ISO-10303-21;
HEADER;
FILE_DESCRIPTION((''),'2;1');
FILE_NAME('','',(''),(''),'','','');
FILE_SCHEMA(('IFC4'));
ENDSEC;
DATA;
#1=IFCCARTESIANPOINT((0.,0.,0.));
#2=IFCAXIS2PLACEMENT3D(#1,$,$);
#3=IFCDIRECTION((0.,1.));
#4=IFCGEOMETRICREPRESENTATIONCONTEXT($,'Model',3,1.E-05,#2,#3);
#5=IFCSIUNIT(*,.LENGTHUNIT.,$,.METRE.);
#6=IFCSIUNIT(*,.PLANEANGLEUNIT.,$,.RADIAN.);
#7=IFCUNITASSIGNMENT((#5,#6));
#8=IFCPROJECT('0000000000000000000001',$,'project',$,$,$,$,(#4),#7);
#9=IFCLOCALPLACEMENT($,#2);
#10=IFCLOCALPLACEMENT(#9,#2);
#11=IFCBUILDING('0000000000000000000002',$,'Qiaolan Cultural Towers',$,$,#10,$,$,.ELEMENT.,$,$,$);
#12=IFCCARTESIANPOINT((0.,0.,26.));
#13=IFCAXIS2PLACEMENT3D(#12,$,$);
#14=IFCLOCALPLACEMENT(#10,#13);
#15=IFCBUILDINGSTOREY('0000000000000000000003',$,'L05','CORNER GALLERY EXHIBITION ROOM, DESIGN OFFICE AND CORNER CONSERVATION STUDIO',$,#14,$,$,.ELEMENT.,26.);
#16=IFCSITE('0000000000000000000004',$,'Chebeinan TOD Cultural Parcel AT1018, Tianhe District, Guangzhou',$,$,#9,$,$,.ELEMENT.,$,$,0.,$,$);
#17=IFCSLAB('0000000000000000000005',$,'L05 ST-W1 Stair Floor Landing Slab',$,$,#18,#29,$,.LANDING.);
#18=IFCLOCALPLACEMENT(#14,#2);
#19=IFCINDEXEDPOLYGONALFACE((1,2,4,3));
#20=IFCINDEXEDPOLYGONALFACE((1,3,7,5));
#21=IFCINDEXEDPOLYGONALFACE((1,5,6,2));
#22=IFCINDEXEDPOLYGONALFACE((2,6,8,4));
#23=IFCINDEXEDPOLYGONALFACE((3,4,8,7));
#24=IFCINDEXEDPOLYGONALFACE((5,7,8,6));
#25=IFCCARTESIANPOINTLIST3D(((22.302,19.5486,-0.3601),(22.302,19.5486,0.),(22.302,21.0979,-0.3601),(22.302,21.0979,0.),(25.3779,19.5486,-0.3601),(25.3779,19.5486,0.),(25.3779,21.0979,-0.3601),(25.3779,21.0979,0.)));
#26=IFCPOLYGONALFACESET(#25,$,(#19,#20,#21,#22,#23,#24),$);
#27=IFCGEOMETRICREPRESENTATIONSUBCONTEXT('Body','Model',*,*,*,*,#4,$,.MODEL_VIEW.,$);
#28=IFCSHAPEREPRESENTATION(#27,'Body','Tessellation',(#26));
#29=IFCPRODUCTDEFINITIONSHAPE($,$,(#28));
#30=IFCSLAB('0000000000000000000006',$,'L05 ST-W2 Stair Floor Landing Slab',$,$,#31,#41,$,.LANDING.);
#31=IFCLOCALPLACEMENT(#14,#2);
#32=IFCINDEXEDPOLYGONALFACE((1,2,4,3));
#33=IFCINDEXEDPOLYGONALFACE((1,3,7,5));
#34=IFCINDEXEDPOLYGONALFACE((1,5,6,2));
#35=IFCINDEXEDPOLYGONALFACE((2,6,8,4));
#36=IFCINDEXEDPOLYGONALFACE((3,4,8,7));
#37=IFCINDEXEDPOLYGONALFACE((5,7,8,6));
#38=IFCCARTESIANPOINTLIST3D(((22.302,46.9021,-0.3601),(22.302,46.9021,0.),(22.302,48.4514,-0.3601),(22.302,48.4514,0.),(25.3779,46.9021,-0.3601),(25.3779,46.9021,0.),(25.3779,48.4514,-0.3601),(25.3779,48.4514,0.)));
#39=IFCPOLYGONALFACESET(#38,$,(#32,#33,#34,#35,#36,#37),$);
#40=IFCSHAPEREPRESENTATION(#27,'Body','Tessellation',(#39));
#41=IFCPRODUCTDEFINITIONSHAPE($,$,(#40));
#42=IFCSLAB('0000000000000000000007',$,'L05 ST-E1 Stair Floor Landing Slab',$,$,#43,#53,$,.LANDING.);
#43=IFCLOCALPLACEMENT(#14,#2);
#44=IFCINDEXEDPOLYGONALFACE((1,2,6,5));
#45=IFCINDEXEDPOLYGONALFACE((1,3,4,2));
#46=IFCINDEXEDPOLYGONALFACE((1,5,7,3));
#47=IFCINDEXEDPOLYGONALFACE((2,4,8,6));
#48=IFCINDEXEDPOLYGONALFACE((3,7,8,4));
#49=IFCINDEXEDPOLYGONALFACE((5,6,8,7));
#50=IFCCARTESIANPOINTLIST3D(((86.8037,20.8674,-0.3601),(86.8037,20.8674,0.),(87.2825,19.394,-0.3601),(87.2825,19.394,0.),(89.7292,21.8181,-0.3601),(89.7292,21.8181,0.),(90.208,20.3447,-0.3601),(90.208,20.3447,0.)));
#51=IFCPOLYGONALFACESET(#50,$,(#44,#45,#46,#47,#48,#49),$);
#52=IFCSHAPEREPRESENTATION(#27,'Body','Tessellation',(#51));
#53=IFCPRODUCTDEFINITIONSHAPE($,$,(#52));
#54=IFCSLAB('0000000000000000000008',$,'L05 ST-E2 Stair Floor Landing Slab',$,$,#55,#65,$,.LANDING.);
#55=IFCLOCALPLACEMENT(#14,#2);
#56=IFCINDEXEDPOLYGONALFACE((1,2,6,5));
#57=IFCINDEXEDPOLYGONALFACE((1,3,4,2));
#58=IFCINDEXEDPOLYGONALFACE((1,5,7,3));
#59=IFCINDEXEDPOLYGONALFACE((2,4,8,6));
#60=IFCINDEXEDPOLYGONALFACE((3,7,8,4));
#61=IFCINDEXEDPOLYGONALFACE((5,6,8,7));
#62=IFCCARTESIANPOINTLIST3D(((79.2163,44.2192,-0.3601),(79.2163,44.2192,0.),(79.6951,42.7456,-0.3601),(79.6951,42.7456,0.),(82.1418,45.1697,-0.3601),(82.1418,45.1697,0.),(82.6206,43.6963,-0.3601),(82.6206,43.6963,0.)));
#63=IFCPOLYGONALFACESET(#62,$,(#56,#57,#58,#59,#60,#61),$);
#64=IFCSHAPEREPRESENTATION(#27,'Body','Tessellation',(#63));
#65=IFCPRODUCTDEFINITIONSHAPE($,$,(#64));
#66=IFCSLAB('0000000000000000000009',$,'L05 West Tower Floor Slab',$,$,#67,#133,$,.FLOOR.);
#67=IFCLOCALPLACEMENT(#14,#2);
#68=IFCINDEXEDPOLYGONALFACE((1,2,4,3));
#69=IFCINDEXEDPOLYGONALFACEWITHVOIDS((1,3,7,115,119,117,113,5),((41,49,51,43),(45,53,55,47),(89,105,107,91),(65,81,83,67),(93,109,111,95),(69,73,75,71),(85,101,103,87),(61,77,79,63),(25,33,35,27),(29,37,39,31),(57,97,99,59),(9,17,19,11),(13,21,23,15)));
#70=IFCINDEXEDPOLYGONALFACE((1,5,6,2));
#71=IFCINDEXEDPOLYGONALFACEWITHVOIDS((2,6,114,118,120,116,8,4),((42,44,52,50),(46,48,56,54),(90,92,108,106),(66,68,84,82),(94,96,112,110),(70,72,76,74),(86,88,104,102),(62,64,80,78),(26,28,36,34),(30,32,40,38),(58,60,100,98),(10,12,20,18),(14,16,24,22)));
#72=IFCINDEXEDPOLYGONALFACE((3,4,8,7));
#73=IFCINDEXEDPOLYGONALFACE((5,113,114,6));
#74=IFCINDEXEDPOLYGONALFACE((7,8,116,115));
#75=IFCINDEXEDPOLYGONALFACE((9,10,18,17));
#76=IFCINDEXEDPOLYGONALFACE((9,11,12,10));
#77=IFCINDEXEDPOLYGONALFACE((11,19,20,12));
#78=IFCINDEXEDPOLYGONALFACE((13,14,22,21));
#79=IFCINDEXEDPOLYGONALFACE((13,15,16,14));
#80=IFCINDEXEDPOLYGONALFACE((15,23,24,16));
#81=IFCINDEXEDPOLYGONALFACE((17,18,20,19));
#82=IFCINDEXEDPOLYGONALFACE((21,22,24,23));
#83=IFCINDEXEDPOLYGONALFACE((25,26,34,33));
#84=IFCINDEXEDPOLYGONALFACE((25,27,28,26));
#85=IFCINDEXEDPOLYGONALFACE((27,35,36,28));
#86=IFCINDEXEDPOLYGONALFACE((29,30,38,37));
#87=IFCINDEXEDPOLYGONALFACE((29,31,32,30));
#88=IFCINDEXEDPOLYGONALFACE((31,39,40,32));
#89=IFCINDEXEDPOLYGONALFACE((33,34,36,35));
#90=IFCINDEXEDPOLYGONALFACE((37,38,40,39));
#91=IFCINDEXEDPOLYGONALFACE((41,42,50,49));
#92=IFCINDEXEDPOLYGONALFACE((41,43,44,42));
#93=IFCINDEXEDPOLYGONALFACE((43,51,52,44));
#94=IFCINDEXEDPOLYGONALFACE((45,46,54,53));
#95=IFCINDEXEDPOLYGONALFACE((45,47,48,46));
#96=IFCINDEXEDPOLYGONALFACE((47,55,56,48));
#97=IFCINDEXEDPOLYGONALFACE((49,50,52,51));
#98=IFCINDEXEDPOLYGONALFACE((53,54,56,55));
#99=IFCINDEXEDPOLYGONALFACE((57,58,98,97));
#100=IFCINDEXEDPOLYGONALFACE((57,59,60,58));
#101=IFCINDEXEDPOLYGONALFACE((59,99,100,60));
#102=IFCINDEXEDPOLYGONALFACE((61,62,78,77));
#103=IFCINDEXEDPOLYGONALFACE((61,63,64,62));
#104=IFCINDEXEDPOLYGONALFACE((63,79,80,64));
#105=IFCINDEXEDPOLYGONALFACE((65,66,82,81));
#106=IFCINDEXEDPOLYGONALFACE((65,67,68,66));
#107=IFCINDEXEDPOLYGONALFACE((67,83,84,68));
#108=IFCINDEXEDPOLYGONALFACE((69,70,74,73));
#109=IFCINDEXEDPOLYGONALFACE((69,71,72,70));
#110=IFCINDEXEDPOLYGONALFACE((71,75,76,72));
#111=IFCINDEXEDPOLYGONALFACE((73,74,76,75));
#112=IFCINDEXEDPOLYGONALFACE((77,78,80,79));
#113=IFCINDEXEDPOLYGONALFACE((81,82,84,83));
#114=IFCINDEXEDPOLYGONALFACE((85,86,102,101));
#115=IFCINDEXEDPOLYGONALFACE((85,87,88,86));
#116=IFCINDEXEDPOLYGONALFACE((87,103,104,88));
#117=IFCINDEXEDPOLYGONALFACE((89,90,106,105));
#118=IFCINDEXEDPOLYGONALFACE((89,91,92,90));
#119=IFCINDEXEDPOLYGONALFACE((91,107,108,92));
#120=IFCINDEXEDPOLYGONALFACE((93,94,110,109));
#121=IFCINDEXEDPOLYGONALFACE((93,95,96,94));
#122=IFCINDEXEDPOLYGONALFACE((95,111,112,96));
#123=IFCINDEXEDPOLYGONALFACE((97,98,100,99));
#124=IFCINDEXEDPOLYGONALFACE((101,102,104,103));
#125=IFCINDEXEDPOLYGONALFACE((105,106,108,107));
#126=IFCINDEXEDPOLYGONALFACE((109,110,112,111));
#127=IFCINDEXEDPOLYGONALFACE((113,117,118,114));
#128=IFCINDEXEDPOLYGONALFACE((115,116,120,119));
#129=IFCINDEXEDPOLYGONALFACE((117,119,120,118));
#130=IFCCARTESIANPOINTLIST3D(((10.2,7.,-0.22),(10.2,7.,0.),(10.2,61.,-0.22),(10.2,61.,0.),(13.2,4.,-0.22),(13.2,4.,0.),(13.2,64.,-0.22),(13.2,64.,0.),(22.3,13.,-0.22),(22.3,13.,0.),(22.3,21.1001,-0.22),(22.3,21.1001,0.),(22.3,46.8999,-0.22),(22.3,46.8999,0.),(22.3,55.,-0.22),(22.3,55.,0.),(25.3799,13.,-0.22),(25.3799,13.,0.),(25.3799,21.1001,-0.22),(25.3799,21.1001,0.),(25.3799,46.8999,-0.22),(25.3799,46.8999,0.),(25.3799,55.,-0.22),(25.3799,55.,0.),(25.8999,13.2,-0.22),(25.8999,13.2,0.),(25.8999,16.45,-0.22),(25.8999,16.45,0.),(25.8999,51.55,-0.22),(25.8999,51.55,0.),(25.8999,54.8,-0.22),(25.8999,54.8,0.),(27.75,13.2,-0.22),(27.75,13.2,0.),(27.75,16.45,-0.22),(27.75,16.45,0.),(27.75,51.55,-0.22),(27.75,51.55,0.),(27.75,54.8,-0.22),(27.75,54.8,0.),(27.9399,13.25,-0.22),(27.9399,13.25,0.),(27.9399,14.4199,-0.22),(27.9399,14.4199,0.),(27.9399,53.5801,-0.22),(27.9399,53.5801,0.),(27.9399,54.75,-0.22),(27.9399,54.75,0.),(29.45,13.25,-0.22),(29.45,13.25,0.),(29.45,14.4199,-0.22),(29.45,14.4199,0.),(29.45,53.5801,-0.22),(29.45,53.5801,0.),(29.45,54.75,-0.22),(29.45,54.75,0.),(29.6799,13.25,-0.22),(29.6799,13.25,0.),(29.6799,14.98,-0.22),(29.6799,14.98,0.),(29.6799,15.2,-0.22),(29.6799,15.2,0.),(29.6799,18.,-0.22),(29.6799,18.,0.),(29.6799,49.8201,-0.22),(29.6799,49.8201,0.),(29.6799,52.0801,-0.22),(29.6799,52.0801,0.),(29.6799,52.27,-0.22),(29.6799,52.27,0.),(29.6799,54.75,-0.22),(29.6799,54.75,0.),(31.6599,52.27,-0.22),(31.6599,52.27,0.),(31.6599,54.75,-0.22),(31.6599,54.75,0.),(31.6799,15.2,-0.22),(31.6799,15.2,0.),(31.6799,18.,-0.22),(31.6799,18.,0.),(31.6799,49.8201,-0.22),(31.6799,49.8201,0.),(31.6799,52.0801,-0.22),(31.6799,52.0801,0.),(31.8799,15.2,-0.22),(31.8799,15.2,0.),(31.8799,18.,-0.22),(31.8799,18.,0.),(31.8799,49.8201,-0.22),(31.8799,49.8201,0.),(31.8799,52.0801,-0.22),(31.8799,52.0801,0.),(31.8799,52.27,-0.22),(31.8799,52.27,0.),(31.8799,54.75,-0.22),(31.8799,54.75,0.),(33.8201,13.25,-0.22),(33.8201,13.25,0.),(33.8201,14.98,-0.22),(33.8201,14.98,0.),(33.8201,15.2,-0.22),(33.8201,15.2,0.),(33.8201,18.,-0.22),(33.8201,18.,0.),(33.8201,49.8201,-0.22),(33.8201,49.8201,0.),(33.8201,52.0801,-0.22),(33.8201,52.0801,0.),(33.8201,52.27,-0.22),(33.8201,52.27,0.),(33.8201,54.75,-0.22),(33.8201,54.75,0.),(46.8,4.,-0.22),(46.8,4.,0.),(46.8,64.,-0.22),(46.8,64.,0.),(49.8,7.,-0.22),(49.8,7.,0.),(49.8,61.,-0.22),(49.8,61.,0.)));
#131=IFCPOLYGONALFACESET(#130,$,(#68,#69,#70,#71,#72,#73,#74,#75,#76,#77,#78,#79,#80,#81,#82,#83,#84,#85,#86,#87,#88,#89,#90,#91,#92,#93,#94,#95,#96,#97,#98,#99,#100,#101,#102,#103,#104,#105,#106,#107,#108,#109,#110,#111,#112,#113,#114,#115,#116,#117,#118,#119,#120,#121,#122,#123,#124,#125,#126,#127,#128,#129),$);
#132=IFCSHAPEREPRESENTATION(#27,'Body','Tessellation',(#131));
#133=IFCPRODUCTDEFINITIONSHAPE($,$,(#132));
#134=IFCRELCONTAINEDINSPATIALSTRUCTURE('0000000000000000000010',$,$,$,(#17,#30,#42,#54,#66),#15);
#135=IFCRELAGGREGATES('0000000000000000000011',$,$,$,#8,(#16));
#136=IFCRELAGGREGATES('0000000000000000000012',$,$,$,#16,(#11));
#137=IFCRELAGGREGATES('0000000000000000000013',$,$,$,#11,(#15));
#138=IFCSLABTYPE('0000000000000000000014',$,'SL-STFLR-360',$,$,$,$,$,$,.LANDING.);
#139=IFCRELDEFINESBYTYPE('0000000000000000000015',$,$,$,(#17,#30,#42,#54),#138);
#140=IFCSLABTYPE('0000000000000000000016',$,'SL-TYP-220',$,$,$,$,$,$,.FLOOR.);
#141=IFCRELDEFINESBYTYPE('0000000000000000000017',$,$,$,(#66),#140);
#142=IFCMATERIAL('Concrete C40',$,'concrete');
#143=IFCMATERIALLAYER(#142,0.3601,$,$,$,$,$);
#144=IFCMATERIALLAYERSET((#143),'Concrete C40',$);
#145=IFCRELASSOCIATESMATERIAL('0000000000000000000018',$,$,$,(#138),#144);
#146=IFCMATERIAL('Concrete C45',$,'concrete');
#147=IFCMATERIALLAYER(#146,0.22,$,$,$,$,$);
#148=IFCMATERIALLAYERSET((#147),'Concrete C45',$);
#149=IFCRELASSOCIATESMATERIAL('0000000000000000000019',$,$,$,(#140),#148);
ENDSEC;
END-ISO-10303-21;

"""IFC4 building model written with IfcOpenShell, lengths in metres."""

from ifc_helpers import new_model, si_unit, direction, frame, origin, place, context, subcontext, project, spatial, polyline, outline, extrude, material, layer, layer_set, type_object, element, save


model = new_model("IFC4")

# Units and contexts
model_context = context("Model", 3, precision=1e-05, world=origin(), true_north=direction((0.0, 1.0)))
body_context = subcontext(model_context, "Body", "Model", "MODEL_VIEW")
ifc_project = project(units=[si_unit("LENGTHUNIT", "METRE"), si_unit("PLANEANGLEUNIT", "RADIAN")], contexts=[model_context])

# Site, building, storey
site_placement = place(None, origin())
site = spatial("IfcSite", under=ifc_project, at=site_placement, Name="Chebeinan TOD Cultural Parcel AT1018, Tianhe District, Guangzhou", CompositionType="ELEMENT", RefElevation=0.0)
building_placement = place(site_placement, origin())
building = spatial("IfcBuilding", under=site, at=building_placement, Name="Qiaolan Cultural Towers", CompositionType="ELEMENT")
storey_placement = place(building_placement, frame((0.0, 0.0, 26.0)))
storey = spatial("IfcBuildingStorey", under=building, at=storey_placement, Name="L05", Description="CORNER GALLERY EXHIBITION ROOM, DESIGN OFFICE AND CORNER CONSERVATION STUDIO", CompositionType="ELEMENT", Elevation=26.0)

# Slabs
ifc_material_1 = material(Name="Concrete C40", Category="concrete")
ifc_layer_1 = layer(ifc_material_1, 0.3601)
ifc_layer_set_1 = layer_set([ifc_layer_1], Name="Concrete C40")
slab_type_1 = type_object("IfcSlabType", Name="SL-STFLR-360", PredefinedType="LANDING", material=ifc_layer_set_1)
slab_1_placement = place(storey_placement, frame((0.0, 0.0, -0.3601)))
element("IfcSlab", 1, at=slab_1_placement, inside=storey, type_object=slab_type_1, Name="L05 ST-W1 Stair Floor Landing Slab", PredefinedType="LANDING", context=body_context, shape_type="SweptSolid", body=[
    extrude(outline(polyline([(22.302, 21.0979), (22.302, 19.5486), (25.3779, 19.5486), (25.3779, 21.0979), (22.302, 21.0979)])), origin(), (0.0, 0.0, 1.0), 0.3601),
])
slab_2_placement = place(storey_placement, frame((0.0, 0.0, -0.3601)))
element("IfcSlab", 2, at=slab_2_placement, inside=storey, type_object=slab_type_1, Name="L05 ST-W2 Stair Floor Landing Slab", PredefinedType="LANDING", context=body_context, shape_type="SweptSolid", body=[
    extrude(outline(polyline([(25.3779, 46.9021), (25.3779, 48.4514), (22.302, 48.4514), (22.302, 46.9021), (25.3779, 46.9021)])), origin(), (0.0, 0.0, 1.0), 0.3601),
])
slab_3_placement = place(storey_placement, frame((0.0, 0.0, -0.3601)))
element("IfcSlab", 3, at=slab_3_placement, inside=storey, type_object=slab_type_1, Name="L05 ST-E1 Stair Floor Landing Slab", PredefinedType="LANDING", context=body_context, shape_type="SweptSolid", body=[
    extrude(outline(polyline([(86.8037, 20.8674), (87.2825, 19.394), (90.208, 20.3447), (89.7292, 21.8181), (86.8037, 20.8674)])), origin(), (0.0, 0.0, 1.0), 0.3601),
])
slab_4_placement = place(storey_placement, frame((0.0, 0.0, -0.3601)))
element("IfcSlab", 4, at=slab_4_placement, inside=storey, type_object=slab_type_1, Name="L05 ST-E2 Stair Floor Landing Slab", PredefinedType="LANDING", context=body_context, shape_type="SweptSolid", body=[
    extrude(outline(polyline([(82.6206, 43.6963), (82.1418, 45.1697), (79.2163, 44.2192), (79.6951, 42.7456), (82.6206, 43.6963)])), origin(), (0.0, 0.0, 1.0), 0.3601),
])
ifc_material_2 = material(Name="Concrete C45", Category="concrete")
ifc_layer_2 = layer(ifc_material_2, 0.22)
ifc_layer_set_2 = layer_set([ifc_layer_2], Name="Concrete C45")
slab_type_2 = type_object("IfcSlabType", Name="SL-TYP-220", PredefinedType="FLOOR", material=ifc_layer_set_2)
slab_5_placement = place(storey_placement, frame((0.0, 0.0, -0.22)))
element("IfcSlab", 5, at=slab_5_placement, inside=storey, type_object=slab_type_2, Name="L05 West Tower Floor Slab", PredefinedType="FLOOR", context=body_context, shape_type="SweptSolid", body=[
    extrude(outline(polyline([(13.2, 4.0), (46.8, 4.0), (49.8, 7.0), (49.8, 61.0), (46.8, 64.0), (13.2, 64.0), (10.2, 61.0), (10.2, 7.0), (13.2, 4.0)]), holes=[polyline([(22.3, 21.1001), (22.3, 13.0), (25.3799, 13.0), (25.3799, 21.1001), (22.3, 21.1001)]), polyline([(25.3799, 46.8999), (25.3799, 55.0), (22.3, 55.0), (22.3, 46.8999), (25.3799, 46.8999)]), polyline([(25.8999, 13.2), (27.75, 13.2), (27.75, 16.45), (25.8999, 16.45), (25.8999, 13.2)]), polyline([(27.9399, 13.25), (29.45, 13.25), (29.45, 14.4199), (27.9399, 14.4199), (27.9399, 13.25)]), polyline([(29.6799, 15.2), (31.6799, 15.2), (31.6799, 18.0), (29.6799, 18.0), (29.6799, 15.2)]), polyline([(31.8799, 15.2), (33.8201, 15.2), (33.8201, 18.0), (31.8799, 18.0), (31.8799, 15.2)]), polyline([(29.6799, 13.25), (33.8201, 13.25), (33.8201, 14.98), (29.6799, 14.98), (29.6799, 13.25)]), polyline([(25.8999, 51.55), (27.75, 51.55), (27.75, 54.8), (25.8999, 54.8), (25.8999, 51.55)]), polyline([(27.9399, 53.5801), (29.45, 53.5801), (29.45, 54.75), (27.9399, 54.75), (27.9399, 53.5801)]), polyline([(29.6799, 49.8201), (31.6799, 49.8201), (31.6799, 52.0801), (29.6799, 52.0801), (29.6799, 49.8201)]), polyline([(31.8799, 49.8201), (33.8201, 49.8201), (33.8201, 52.0801), (31.8799, 52.0801), (31.8799, 49.8201)]), polyline([(29.6799, 52.27), (31.6599, 52.27), (31.6599, 54.75), (29.6799, 54.75), (29.6799, 52.27)]), polyline([(31.8799, 52.27), (33.8201, 52.27), (33.8201, 54.75), (31.8799, 54.75), (31.8799, 52.27)])]), origin(), (0.0, 0.0, 1.0), 0.22),
])

save(model, "model.ifc")
